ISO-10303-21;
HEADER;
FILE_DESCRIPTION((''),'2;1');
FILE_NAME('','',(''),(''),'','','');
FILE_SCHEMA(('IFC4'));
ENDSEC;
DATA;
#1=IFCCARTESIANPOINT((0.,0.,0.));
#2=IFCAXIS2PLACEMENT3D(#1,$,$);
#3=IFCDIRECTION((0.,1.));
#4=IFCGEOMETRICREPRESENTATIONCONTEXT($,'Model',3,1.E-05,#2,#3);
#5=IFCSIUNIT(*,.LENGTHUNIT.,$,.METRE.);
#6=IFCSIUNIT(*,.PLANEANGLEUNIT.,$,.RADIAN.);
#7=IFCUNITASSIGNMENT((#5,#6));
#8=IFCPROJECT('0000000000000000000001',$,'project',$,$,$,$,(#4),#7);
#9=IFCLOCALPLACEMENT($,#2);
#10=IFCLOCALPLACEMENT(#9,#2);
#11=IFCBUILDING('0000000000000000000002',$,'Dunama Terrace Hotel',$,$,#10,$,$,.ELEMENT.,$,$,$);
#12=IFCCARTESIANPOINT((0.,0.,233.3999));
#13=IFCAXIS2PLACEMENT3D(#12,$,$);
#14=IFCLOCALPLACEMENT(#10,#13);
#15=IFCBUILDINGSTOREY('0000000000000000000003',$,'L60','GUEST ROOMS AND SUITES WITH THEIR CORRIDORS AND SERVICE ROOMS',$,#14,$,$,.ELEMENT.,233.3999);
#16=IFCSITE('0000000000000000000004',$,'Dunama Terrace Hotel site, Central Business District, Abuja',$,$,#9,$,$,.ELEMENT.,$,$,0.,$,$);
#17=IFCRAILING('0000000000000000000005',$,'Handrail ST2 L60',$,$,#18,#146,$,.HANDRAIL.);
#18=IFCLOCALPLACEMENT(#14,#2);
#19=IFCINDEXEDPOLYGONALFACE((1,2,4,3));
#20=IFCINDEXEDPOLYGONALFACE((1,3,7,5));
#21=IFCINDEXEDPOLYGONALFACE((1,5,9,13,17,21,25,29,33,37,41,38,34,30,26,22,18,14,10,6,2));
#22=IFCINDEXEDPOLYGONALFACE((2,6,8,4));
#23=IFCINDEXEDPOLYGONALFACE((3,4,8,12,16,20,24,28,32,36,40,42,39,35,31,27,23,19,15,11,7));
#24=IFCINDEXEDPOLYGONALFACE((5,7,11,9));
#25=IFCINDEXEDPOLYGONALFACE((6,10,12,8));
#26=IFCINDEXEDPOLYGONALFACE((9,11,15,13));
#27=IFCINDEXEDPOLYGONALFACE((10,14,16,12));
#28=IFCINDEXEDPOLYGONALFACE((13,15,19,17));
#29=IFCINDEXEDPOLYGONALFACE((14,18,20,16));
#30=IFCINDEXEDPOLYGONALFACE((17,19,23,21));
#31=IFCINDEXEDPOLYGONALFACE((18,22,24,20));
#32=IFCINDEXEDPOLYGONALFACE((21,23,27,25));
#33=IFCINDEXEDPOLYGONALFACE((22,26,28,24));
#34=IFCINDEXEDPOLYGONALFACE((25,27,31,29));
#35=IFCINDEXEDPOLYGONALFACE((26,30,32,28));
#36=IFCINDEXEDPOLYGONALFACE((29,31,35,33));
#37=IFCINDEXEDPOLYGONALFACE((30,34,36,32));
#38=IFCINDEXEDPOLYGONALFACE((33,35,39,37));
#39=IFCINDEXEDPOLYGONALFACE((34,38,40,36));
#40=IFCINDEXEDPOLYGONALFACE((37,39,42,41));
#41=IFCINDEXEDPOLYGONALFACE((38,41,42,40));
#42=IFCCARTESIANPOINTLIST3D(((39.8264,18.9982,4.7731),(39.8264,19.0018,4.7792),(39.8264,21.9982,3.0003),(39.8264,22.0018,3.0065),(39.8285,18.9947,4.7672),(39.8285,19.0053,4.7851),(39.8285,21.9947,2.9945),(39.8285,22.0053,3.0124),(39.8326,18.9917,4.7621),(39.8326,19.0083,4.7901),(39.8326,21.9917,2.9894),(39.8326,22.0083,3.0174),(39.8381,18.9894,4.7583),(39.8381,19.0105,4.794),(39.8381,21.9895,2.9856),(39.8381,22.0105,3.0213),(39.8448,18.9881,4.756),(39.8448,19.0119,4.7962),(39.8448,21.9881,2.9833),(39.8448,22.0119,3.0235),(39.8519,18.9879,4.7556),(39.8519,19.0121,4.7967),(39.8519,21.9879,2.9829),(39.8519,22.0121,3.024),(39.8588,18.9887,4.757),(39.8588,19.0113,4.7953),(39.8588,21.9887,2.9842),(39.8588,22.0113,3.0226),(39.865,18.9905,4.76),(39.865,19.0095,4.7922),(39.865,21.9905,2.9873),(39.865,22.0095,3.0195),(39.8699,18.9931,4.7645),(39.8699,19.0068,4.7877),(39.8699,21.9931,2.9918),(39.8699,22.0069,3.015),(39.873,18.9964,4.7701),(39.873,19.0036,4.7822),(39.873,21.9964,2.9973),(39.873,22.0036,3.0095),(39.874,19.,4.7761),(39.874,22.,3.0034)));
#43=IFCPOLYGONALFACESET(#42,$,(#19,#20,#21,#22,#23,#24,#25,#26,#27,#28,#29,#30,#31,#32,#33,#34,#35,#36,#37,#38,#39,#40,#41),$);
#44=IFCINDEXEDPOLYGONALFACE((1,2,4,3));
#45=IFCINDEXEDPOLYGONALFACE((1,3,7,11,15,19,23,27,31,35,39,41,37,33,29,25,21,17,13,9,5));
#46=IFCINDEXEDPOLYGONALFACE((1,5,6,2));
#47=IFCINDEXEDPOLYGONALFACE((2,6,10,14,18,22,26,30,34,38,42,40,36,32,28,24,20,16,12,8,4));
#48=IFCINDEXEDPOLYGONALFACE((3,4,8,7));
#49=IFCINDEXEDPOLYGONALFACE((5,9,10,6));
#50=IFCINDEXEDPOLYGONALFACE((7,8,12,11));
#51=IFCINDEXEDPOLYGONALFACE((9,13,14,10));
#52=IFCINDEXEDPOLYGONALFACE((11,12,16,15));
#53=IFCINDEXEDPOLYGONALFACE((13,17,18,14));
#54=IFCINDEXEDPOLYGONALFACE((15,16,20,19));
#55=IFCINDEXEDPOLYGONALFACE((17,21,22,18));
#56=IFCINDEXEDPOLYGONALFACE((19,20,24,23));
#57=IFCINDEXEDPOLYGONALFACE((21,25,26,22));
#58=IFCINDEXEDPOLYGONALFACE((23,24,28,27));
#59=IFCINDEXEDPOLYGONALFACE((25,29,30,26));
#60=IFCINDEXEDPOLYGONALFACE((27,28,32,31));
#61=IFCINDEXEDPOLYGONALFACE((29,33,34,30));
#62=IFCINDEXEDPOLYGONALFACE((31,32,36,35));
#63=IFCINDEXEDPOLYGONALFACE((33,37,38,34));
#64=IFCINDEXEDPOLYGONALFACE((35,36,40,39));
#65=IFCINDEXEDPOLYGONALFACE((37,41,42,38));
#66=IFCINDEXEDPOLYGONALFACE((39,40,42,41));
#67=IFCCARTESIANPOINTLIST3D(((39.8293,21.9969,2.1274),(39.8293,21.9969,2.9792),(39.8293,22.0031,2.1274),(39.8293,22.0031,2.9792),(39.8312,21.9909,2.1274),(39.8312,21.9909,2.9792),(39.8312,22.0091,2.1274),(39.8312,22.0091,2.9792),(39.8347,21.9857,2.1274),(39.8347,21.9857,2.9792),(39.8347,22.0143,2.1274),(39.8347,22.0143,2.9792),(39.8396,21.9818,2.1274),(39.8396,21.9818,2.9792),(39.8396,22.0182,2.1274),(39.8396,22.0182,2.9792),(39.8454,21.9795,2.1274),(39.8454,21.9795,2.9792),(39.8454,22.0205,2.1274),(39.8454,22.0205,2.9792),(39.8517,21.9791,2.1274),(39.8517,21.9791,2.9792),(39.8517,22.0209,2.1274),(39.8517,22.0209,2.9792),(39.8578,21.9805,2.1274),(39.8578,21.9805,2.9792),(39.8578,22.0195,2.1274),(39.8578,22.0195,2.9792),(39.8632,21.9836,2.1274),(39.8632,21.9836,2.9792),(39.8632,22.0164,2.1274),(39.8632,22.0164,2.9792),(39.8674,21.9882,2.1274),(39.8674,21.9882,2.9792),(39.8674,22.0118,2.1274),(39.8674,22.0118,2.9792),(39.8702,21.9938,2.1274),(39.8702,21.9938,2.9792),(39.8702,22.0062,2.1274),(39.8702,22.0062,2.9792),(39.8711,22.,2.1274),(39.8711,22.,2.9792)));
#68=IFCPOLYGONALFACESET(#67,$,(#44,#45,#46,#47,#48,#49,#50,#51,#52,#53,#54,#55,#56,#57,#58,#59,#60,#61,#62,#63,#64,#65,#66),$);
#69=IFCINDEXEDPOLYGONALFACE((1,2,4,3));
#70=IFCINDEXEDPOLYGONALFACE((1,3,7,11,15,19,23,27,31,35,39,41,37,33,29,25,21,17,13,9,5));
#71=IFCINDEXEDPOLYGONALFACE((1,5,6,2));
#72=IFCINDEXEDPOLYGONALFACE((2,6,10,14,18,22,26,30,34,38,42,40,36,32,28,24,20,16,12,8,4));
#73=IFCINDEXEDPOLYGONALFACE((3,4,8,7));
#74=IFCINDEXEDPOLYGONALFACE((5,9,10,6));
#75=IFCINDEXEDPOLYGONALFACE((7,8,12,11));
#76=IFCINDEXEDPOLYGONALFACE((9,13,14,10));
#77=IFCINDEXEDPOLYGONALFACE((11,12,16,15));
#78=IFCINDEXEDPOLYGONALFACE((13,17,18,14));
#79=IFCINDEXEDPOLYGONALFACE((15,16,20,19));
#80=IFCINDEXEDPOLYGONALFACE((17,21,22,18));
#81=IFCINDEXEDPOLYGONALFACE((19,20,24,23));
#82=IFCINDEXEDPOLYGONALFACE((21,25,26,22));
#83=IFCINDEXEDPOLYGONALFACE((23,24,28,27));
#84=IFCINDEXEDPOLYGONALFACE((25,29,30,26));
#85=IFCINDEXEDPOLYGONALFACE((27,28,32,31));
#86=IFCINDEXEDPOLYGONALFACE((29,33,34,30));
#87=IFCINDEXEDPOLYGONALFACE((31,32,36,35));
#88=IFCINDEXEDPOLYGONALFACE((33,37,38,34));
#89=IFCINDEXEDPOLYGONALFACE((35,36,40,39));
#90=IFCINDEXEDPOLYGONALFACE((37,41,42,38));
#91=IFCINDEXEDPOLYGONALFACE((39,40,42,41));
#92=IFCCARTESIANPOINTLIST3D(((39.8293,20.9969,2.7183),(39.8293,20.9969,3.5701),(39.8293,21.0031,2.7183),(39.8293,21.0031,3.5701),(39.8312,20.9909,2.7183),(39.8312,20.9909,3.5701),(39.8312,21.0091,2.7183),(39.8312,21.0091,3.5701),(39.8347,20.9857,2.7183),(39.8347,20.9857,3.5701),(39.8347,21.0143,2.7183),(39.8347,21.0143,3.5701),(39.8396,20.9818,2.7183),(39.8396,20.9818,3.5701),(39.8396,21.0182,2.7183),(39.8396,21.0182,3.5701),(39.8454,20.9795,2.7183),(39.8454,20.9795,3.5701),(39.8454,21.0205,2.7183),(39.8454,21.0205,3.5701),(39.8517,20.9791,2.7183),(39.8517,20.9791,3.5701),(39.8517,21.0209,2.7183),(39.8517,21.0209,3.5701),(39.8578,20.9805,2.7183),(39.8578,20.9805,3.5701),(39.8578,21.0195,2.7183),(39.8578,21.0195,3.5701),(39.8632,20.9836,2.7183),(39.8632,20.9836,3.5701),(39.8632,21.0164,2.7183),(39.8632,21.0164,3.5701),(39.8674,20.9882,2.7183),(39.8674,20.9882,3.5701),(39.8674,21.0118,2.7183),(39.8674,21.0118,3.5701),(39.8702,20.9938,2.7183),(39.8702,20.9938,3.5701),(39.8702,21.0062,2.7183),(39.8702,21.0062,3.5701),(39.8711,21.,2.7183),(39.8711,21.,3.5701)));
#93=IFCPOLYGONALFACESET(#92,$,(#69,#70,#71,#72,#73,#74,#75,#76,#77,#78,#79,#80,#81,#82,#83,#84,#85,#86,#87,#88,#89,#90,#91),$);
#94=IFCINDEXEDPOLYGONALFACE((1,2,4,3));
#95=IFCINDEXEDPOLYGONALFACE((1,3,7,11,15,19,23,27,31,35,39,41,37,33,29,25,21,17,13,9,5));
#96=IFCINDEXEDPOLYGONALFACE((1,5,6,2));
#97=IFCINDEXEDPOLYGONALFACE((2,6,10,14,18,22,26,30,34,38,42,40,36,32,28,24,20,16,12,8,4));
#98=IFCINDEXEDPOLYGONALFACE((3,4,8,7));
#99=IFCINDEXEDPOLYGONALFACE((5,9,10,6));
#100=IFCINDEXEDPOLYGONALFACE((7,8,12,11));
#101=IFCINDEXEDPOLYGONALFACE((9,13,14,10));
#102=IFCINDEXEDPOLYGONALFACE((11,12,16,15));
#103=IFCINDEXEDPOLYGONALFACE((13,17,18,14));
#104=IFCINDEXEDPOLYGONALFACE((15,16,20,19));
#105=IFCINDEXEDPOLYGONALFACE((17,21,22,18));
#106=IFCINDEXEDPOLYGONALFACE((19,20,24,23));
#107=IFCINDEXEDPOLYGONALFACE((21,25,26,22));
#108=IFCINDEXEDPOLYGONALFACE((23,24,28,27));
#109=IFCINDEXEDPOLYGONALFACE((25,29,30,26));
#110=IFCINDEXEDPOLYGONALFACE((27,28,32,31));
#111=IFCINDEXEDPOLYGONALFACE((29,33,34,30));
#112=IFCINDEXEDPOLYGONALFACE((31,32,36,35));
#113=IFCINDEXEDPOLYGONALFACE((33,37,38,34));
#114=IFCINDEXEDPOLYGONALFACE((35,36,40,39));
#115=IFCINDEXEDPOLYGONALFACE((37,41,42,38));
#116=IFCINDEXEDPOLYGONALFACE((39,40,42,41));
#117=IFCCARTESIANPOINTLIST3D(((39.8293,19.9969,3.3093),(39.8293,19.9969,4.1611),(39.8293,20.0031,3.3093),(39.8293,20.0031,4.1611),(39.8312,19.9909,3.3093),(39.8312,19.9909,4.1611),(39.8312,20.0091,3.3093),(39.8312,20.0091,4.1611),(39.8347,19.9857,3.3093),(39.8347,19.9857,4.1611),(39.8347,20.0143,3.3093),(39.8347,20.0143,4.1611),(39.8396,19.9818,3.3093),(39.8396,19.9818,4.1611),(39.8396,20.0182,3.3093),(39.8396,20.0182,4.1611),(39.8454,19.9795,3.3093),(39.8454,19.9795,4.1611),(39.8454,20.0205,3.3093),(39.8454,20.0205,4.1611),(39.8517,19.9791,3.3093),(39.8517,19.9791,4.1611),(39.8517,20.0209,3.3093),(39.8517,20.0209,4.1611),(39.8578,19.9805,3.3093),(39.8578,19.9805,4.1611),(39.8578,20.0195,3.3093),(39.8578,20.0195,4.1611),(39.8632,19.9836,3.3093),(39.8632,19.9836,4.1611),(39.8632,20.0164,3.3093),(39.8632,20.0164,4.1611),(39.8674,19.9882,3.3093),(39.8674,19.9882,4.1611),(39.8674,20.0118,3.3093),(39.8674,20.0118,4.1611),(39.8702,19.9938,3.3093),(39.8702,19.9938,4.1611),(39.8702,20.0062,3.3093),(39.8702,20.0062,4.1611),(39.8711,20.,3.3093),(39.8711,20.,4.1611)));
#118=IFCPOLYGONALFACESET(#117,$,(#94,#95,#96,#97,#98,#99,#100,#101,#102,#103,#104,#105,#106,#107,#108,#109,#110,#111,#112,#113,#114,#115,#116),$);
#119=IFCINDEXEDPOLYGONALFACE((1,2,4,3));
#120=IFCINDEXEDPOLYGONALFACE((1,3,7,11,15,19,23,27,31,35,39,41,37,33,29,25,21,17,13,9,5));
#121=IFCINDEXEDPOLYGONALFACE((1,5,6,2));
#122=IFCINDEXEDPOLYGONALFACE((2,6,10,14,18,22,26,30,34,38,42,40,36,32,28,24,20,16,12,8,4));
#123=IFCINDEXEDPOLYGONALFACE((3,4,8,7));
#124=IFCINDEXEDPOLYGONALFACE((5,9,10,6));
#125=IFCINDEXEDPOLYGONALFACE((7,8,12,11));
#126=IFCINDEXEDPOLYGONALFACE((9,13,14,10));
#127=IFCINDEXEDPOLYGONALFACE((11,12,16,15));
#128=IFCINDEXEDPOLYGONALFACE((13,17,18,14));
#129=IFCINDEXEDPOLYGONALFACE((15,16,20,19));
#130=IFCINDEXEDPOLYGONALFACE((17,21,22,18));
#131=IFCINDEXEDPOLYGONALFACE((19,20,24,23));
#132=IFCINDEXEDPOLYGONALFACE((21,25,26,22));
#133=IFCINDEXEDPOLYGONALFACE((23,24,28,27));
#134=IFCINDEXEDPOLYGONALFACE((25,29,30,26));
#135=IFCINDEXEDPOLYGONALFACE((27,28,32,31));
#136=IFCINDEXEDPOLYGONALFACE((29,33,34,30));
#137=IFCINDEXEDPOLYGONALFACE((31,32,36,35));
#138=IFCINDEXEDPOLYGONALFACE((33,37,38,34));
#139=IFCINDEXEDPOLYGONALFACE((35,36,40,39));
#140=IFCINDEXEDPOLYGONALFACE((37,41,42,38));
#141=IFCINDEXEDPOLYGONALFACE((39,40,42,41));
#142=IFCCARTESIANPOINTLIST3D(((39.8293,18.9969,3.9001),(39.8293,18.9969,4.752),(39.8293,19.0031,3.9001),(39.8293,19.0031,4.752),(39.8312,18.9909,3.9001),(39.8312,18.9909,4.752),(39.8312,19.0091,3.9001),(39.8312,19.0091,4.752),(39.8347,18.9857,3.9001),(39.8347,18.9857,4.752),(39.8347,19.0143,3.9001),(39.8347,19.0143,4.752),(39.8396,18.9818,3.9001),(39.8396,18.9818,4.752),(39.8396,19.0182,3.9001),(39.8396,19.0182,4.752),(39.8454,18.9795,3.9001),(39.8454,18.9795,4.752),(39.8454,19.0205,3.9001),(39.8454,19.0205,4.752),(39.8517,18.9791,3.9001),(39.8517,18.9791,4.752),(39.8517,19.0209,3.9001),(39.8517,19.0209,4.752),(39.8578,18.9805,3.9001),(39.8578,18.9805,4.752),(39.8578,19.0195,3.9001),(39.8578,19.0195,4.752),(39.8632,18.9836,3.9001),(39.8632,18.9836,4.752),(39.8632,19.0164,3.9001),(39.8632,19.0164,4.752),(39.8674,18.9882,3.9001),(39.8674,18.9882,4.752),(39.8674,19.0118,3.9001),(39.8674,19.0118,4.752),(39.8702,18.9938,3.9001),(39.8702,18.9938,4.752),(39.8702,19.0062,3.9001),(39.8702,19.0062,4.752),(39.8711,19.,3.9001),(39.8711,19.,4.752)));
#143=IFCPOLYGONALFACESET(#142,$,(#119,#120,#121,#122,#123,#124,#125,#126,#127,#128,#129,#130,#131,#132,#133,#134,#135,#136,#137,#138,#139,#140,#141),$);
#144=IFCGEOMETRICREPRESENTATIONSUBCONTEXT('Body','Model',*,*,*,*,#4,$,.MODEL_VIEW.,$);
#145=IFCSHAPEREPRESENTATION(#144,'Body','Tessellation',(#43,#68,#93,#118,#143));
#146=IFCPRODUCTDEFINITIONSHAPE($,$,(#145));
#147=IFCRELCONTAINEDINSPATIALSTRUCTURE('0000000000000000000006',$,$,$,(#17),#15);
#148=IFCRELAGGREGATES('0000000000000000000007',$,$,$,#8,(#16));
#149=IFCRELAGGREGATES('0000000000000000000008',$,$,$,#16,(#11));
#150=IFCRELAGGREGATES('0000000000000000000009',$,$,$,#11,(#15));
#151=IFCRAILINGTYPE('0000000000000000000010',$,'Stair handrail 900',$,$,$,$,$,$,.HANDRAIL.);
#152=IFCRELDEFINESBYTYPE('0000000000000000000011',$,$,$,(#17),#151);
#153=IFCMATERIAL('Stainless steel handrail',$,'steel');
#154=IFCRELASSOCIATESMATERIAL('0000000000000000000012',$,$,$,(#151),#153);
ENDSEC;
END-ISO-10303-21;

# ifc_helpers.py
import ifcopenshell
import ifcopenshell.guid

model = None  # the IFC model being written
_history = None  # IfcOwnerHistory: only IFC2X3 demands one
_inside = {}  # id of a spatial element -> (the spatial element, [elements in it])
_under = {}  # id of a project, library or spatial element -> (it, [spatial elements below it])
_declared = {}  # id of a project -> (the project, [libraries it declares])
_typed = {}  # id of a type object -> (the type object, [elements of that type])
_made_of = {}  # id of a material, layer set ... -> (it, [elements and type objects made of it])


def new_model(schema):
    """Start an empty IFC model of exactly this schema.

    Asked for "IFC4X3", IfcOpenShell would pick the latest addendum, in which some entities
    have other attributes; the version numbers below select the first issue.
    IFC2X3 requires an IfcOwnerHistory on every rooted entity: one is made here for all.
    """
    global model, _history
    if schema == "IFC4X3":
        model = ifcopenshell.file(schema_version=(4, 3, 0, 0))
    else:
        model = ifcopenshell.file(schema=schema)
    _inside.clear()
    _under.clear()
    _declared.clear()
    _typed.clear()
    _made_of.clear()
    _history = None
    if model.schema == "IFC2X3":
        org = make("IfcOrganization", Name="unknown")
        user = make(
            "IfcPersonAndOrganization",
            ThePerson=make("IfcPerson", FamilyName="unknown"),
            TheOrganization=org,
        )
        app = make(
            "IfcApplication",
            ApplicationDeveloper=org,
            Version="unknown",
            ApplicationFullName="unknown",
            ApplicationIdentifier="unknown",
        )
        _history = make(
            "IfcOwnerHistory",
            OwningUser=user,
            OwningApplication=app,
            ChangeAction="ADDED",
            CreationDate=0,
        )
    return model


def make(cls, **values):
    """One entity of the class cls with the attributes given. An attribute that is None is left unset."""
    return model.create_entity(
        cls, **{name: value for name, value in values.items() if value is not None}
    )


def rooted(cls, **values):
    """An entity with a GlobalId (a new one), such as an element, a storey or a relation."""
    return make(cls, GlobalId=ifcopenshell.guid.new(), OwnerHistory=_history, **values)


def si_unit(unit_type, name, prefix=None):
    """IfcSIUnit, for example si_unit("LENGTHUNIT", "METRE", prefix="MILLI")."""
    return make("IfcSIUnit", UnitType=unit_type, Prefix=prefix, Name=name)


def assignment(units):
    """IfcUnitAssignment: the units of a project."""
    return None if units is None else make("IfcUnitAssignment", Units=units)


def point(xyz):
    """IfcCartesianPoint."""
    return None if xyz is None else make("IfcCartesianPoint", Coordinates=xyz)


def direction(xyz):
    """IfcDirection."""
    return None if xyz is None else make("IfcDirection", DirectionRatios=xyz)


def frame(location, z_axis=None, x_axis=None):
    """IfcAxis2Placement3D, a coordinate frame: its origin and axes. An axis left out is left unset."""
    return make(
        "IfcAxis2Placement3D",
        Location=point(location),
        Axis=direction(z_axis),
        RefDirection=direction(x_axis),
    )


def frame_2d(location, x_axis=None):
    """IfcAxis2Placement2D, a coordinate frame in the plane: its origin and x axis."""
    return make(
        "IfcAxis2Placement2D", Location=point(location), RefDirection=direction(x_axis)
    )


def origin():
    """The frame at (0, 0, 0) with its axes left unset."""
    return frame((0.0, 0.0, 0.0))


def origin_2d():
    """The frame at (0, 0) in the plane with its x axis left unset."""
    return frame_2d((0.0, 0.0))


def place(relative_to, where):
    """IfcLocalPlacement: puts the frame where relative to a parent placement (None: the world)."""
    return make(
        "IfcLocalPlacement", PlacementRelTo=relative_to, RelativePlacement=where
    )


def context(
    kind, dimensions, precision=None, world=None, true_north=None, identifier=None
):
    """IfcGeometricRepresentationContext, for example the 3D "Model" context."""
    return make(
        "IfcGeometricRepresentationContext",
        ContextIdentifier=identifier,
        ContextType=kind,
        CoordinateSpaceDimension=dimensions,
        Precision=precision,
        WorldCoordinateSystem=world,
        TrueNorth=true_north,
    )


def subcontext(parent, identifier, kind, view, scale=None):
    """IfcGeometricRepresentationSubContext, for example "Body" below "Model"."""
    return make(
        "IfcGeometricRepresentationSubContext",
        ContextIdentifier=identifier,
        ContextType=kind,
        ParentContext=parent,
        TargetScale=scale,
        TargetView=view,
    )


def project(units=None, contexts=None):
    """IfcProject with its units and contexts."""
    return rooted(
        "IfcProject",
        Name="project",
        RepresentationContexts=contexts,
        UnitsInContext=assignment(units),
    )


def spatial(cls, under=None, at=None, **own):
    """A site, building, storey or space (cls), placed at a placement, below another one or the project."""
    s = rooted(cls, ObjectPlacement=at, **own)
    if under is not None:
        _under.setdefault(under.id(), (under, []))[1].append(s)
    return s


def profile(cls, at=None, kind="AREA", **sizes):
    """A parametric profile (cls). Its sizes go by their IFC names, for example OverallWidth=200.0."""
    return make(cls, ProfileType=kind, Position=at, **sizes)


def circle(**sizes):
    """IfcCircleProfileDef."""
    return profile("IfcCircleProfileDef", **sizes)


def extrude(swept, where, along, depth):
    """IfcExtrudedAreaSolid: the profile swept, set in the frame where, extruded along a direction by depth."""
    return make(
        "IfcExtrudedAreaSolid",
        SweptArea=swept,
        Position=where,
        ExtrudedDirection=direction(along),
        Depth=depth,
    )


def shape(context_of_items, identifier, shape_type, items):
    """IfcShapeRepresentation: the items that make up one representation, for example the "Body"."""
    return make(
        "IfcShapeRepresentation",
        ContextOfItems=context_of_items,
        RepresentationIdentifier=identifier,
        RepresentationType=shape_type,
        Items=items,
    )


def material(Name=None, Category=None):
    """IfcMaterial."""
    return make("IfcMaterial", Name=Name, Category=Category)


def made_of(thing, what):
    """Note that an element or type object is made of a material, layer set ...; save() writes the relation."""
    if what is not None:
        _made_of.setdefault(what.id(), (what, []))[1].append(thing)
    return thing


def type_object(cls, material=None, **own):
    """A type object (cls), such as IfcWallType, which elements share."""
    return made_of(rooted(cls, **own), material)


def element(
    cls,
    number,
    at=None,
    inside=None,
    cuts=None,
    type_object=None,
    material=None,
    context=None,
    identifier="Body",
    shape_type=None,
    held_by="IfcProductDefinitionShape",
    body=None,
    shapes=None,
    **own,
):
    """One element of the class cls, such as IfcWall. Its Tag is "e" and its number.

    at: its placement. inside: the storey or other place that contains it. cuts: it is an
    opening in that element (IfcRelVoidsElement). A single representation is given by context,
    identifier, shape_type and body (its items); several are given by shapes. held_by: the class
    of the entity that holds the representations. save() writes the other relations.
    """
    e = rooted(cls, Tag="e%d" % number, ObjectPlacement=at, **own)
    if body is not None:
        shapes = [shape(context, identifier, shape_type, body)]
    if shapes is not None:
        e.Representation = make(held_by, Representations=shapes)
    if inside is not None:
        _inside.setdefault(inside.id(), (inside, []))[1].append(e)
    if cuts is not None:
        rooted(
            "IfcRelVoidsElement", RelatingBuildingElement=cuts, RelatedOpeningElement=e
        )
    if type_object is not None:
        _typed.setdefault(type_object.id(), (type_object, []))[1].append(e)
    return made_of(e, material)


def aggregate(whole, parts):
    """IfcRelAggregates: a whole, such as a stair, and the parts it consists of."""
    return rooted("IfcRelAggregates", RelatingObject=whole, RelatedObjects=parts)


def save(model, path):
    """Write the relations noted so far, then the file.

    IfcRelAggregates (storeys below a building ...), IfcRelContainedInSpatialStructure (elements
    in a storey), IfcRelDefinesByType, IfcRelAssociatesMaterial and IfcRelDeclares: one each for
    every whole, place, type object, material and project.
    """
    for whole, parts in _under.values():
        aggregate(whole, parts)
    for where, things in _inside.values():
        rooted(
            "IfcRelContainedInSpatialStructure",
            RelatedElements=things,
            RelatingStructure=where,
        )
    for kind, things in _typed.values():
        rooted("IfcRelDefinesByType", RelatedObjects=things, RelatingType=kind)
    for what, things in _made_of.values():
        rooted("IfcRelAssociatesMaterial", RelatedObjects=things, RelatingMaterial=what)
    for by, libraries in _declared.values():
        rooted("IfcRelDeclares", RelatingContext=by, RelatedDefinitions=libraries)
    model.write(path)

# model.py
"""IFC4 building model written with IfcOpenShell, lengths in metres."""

from ifc_helpers import new_model, si_unit, direction, frame, origin, origin_2d, place, context, subcontext, project, spatial, circle, extrude, material, type_object, element, save


model = new_model("IFC4")

# Units and contexts
model_context = context("Model", 3, precision=1e-05, world=origin(), true_north=direction((0.0, 1.0)))
body_context = subcontext(model_context, "Body", "Model", "MODEL_VIEW")
ifc_project = project(units=[si_unit("LENGTHUNIT", "METRE"), si_unit("PLANEANGLEUNIT", "RADIAN")], contexts=[model_context])

# Site, building, storey
site_placement = place(None, origin())
site = spatial("IfcSite", under=ifc_project, at=site_placement, Name="Dunama Terrace Hotel site, Central Business District, Abuja", CompositionType="ELEMENT", RefElevation=0.0)
building_placement = place(site_placement, origin())
building = spatial("IfcBuilding", under=site, at=building_placement, Name="Dunama Terrace Hotel", CompositionType="ELEMENT")
storey_placement = place(building_placement, frame((0.0, 0.0, 233.3999)))
storey = spatial("IfcBuildingStorey", under=building, at=storey_placement, Name="L60", Description="GUEST ROOMS AND SUITES WITH THEIR CORRIDORS AND SERVICE ROOMS", CompositionType="ELEMENT", Elevation=233.3999)

# Railing
ifc_material_1 = material(Name="Stainless steel handrail", Category="steel")
railing_type_1 = type_object("IfcRailingType", Name="Stair handrail 900", PredefinedType="HANDRAIL", material=ifc_material_1)
railing_1_placement = place(storey_placement, frame((39.8501, 22.0, 2.1274)))
element("IfcRailing", 1, at=railing_1_placement, inside=storey, type_object=railing_type_1, Name="Handrail ST2 L60", PredefinedType="HANDRAIL", context=body_context, shape_type="SweptSolid", body=[
    extrude(circle(Radius=0.0239, at=origin_2d()), frame((0.0, 0.0, 0.876), z_axis=(0.0, -0.860929, 0.508725), x_axis=(1.0, 0.0, 0.0)), (0.0, 0.0, 1.0), 3.4846),
    extrude(circle(Radius=0.021, at=origin_2d()), origin(), (0.0, 0.0, 1.0), 0.8518),
    extrude(circle(Radius=0.021, at=origin_2d()), frame((0.0, -1.0, 0.5908)), (0.0, 0.0, 1.0), 0.8518),
    extrude(circle(Radius=0.021, at=origin_2d()), frame((0.0, -2.0, 1.1819)), (0.0, 0.0, 1.0), 0.8518),
    extrude(circle(Radius=0.021, at=origin_2d()), frame((0.0, -3.0, 1.7727)), (0.0, 0.0, 1.0), 0.8518),
])

save(model, "model.ifc")
